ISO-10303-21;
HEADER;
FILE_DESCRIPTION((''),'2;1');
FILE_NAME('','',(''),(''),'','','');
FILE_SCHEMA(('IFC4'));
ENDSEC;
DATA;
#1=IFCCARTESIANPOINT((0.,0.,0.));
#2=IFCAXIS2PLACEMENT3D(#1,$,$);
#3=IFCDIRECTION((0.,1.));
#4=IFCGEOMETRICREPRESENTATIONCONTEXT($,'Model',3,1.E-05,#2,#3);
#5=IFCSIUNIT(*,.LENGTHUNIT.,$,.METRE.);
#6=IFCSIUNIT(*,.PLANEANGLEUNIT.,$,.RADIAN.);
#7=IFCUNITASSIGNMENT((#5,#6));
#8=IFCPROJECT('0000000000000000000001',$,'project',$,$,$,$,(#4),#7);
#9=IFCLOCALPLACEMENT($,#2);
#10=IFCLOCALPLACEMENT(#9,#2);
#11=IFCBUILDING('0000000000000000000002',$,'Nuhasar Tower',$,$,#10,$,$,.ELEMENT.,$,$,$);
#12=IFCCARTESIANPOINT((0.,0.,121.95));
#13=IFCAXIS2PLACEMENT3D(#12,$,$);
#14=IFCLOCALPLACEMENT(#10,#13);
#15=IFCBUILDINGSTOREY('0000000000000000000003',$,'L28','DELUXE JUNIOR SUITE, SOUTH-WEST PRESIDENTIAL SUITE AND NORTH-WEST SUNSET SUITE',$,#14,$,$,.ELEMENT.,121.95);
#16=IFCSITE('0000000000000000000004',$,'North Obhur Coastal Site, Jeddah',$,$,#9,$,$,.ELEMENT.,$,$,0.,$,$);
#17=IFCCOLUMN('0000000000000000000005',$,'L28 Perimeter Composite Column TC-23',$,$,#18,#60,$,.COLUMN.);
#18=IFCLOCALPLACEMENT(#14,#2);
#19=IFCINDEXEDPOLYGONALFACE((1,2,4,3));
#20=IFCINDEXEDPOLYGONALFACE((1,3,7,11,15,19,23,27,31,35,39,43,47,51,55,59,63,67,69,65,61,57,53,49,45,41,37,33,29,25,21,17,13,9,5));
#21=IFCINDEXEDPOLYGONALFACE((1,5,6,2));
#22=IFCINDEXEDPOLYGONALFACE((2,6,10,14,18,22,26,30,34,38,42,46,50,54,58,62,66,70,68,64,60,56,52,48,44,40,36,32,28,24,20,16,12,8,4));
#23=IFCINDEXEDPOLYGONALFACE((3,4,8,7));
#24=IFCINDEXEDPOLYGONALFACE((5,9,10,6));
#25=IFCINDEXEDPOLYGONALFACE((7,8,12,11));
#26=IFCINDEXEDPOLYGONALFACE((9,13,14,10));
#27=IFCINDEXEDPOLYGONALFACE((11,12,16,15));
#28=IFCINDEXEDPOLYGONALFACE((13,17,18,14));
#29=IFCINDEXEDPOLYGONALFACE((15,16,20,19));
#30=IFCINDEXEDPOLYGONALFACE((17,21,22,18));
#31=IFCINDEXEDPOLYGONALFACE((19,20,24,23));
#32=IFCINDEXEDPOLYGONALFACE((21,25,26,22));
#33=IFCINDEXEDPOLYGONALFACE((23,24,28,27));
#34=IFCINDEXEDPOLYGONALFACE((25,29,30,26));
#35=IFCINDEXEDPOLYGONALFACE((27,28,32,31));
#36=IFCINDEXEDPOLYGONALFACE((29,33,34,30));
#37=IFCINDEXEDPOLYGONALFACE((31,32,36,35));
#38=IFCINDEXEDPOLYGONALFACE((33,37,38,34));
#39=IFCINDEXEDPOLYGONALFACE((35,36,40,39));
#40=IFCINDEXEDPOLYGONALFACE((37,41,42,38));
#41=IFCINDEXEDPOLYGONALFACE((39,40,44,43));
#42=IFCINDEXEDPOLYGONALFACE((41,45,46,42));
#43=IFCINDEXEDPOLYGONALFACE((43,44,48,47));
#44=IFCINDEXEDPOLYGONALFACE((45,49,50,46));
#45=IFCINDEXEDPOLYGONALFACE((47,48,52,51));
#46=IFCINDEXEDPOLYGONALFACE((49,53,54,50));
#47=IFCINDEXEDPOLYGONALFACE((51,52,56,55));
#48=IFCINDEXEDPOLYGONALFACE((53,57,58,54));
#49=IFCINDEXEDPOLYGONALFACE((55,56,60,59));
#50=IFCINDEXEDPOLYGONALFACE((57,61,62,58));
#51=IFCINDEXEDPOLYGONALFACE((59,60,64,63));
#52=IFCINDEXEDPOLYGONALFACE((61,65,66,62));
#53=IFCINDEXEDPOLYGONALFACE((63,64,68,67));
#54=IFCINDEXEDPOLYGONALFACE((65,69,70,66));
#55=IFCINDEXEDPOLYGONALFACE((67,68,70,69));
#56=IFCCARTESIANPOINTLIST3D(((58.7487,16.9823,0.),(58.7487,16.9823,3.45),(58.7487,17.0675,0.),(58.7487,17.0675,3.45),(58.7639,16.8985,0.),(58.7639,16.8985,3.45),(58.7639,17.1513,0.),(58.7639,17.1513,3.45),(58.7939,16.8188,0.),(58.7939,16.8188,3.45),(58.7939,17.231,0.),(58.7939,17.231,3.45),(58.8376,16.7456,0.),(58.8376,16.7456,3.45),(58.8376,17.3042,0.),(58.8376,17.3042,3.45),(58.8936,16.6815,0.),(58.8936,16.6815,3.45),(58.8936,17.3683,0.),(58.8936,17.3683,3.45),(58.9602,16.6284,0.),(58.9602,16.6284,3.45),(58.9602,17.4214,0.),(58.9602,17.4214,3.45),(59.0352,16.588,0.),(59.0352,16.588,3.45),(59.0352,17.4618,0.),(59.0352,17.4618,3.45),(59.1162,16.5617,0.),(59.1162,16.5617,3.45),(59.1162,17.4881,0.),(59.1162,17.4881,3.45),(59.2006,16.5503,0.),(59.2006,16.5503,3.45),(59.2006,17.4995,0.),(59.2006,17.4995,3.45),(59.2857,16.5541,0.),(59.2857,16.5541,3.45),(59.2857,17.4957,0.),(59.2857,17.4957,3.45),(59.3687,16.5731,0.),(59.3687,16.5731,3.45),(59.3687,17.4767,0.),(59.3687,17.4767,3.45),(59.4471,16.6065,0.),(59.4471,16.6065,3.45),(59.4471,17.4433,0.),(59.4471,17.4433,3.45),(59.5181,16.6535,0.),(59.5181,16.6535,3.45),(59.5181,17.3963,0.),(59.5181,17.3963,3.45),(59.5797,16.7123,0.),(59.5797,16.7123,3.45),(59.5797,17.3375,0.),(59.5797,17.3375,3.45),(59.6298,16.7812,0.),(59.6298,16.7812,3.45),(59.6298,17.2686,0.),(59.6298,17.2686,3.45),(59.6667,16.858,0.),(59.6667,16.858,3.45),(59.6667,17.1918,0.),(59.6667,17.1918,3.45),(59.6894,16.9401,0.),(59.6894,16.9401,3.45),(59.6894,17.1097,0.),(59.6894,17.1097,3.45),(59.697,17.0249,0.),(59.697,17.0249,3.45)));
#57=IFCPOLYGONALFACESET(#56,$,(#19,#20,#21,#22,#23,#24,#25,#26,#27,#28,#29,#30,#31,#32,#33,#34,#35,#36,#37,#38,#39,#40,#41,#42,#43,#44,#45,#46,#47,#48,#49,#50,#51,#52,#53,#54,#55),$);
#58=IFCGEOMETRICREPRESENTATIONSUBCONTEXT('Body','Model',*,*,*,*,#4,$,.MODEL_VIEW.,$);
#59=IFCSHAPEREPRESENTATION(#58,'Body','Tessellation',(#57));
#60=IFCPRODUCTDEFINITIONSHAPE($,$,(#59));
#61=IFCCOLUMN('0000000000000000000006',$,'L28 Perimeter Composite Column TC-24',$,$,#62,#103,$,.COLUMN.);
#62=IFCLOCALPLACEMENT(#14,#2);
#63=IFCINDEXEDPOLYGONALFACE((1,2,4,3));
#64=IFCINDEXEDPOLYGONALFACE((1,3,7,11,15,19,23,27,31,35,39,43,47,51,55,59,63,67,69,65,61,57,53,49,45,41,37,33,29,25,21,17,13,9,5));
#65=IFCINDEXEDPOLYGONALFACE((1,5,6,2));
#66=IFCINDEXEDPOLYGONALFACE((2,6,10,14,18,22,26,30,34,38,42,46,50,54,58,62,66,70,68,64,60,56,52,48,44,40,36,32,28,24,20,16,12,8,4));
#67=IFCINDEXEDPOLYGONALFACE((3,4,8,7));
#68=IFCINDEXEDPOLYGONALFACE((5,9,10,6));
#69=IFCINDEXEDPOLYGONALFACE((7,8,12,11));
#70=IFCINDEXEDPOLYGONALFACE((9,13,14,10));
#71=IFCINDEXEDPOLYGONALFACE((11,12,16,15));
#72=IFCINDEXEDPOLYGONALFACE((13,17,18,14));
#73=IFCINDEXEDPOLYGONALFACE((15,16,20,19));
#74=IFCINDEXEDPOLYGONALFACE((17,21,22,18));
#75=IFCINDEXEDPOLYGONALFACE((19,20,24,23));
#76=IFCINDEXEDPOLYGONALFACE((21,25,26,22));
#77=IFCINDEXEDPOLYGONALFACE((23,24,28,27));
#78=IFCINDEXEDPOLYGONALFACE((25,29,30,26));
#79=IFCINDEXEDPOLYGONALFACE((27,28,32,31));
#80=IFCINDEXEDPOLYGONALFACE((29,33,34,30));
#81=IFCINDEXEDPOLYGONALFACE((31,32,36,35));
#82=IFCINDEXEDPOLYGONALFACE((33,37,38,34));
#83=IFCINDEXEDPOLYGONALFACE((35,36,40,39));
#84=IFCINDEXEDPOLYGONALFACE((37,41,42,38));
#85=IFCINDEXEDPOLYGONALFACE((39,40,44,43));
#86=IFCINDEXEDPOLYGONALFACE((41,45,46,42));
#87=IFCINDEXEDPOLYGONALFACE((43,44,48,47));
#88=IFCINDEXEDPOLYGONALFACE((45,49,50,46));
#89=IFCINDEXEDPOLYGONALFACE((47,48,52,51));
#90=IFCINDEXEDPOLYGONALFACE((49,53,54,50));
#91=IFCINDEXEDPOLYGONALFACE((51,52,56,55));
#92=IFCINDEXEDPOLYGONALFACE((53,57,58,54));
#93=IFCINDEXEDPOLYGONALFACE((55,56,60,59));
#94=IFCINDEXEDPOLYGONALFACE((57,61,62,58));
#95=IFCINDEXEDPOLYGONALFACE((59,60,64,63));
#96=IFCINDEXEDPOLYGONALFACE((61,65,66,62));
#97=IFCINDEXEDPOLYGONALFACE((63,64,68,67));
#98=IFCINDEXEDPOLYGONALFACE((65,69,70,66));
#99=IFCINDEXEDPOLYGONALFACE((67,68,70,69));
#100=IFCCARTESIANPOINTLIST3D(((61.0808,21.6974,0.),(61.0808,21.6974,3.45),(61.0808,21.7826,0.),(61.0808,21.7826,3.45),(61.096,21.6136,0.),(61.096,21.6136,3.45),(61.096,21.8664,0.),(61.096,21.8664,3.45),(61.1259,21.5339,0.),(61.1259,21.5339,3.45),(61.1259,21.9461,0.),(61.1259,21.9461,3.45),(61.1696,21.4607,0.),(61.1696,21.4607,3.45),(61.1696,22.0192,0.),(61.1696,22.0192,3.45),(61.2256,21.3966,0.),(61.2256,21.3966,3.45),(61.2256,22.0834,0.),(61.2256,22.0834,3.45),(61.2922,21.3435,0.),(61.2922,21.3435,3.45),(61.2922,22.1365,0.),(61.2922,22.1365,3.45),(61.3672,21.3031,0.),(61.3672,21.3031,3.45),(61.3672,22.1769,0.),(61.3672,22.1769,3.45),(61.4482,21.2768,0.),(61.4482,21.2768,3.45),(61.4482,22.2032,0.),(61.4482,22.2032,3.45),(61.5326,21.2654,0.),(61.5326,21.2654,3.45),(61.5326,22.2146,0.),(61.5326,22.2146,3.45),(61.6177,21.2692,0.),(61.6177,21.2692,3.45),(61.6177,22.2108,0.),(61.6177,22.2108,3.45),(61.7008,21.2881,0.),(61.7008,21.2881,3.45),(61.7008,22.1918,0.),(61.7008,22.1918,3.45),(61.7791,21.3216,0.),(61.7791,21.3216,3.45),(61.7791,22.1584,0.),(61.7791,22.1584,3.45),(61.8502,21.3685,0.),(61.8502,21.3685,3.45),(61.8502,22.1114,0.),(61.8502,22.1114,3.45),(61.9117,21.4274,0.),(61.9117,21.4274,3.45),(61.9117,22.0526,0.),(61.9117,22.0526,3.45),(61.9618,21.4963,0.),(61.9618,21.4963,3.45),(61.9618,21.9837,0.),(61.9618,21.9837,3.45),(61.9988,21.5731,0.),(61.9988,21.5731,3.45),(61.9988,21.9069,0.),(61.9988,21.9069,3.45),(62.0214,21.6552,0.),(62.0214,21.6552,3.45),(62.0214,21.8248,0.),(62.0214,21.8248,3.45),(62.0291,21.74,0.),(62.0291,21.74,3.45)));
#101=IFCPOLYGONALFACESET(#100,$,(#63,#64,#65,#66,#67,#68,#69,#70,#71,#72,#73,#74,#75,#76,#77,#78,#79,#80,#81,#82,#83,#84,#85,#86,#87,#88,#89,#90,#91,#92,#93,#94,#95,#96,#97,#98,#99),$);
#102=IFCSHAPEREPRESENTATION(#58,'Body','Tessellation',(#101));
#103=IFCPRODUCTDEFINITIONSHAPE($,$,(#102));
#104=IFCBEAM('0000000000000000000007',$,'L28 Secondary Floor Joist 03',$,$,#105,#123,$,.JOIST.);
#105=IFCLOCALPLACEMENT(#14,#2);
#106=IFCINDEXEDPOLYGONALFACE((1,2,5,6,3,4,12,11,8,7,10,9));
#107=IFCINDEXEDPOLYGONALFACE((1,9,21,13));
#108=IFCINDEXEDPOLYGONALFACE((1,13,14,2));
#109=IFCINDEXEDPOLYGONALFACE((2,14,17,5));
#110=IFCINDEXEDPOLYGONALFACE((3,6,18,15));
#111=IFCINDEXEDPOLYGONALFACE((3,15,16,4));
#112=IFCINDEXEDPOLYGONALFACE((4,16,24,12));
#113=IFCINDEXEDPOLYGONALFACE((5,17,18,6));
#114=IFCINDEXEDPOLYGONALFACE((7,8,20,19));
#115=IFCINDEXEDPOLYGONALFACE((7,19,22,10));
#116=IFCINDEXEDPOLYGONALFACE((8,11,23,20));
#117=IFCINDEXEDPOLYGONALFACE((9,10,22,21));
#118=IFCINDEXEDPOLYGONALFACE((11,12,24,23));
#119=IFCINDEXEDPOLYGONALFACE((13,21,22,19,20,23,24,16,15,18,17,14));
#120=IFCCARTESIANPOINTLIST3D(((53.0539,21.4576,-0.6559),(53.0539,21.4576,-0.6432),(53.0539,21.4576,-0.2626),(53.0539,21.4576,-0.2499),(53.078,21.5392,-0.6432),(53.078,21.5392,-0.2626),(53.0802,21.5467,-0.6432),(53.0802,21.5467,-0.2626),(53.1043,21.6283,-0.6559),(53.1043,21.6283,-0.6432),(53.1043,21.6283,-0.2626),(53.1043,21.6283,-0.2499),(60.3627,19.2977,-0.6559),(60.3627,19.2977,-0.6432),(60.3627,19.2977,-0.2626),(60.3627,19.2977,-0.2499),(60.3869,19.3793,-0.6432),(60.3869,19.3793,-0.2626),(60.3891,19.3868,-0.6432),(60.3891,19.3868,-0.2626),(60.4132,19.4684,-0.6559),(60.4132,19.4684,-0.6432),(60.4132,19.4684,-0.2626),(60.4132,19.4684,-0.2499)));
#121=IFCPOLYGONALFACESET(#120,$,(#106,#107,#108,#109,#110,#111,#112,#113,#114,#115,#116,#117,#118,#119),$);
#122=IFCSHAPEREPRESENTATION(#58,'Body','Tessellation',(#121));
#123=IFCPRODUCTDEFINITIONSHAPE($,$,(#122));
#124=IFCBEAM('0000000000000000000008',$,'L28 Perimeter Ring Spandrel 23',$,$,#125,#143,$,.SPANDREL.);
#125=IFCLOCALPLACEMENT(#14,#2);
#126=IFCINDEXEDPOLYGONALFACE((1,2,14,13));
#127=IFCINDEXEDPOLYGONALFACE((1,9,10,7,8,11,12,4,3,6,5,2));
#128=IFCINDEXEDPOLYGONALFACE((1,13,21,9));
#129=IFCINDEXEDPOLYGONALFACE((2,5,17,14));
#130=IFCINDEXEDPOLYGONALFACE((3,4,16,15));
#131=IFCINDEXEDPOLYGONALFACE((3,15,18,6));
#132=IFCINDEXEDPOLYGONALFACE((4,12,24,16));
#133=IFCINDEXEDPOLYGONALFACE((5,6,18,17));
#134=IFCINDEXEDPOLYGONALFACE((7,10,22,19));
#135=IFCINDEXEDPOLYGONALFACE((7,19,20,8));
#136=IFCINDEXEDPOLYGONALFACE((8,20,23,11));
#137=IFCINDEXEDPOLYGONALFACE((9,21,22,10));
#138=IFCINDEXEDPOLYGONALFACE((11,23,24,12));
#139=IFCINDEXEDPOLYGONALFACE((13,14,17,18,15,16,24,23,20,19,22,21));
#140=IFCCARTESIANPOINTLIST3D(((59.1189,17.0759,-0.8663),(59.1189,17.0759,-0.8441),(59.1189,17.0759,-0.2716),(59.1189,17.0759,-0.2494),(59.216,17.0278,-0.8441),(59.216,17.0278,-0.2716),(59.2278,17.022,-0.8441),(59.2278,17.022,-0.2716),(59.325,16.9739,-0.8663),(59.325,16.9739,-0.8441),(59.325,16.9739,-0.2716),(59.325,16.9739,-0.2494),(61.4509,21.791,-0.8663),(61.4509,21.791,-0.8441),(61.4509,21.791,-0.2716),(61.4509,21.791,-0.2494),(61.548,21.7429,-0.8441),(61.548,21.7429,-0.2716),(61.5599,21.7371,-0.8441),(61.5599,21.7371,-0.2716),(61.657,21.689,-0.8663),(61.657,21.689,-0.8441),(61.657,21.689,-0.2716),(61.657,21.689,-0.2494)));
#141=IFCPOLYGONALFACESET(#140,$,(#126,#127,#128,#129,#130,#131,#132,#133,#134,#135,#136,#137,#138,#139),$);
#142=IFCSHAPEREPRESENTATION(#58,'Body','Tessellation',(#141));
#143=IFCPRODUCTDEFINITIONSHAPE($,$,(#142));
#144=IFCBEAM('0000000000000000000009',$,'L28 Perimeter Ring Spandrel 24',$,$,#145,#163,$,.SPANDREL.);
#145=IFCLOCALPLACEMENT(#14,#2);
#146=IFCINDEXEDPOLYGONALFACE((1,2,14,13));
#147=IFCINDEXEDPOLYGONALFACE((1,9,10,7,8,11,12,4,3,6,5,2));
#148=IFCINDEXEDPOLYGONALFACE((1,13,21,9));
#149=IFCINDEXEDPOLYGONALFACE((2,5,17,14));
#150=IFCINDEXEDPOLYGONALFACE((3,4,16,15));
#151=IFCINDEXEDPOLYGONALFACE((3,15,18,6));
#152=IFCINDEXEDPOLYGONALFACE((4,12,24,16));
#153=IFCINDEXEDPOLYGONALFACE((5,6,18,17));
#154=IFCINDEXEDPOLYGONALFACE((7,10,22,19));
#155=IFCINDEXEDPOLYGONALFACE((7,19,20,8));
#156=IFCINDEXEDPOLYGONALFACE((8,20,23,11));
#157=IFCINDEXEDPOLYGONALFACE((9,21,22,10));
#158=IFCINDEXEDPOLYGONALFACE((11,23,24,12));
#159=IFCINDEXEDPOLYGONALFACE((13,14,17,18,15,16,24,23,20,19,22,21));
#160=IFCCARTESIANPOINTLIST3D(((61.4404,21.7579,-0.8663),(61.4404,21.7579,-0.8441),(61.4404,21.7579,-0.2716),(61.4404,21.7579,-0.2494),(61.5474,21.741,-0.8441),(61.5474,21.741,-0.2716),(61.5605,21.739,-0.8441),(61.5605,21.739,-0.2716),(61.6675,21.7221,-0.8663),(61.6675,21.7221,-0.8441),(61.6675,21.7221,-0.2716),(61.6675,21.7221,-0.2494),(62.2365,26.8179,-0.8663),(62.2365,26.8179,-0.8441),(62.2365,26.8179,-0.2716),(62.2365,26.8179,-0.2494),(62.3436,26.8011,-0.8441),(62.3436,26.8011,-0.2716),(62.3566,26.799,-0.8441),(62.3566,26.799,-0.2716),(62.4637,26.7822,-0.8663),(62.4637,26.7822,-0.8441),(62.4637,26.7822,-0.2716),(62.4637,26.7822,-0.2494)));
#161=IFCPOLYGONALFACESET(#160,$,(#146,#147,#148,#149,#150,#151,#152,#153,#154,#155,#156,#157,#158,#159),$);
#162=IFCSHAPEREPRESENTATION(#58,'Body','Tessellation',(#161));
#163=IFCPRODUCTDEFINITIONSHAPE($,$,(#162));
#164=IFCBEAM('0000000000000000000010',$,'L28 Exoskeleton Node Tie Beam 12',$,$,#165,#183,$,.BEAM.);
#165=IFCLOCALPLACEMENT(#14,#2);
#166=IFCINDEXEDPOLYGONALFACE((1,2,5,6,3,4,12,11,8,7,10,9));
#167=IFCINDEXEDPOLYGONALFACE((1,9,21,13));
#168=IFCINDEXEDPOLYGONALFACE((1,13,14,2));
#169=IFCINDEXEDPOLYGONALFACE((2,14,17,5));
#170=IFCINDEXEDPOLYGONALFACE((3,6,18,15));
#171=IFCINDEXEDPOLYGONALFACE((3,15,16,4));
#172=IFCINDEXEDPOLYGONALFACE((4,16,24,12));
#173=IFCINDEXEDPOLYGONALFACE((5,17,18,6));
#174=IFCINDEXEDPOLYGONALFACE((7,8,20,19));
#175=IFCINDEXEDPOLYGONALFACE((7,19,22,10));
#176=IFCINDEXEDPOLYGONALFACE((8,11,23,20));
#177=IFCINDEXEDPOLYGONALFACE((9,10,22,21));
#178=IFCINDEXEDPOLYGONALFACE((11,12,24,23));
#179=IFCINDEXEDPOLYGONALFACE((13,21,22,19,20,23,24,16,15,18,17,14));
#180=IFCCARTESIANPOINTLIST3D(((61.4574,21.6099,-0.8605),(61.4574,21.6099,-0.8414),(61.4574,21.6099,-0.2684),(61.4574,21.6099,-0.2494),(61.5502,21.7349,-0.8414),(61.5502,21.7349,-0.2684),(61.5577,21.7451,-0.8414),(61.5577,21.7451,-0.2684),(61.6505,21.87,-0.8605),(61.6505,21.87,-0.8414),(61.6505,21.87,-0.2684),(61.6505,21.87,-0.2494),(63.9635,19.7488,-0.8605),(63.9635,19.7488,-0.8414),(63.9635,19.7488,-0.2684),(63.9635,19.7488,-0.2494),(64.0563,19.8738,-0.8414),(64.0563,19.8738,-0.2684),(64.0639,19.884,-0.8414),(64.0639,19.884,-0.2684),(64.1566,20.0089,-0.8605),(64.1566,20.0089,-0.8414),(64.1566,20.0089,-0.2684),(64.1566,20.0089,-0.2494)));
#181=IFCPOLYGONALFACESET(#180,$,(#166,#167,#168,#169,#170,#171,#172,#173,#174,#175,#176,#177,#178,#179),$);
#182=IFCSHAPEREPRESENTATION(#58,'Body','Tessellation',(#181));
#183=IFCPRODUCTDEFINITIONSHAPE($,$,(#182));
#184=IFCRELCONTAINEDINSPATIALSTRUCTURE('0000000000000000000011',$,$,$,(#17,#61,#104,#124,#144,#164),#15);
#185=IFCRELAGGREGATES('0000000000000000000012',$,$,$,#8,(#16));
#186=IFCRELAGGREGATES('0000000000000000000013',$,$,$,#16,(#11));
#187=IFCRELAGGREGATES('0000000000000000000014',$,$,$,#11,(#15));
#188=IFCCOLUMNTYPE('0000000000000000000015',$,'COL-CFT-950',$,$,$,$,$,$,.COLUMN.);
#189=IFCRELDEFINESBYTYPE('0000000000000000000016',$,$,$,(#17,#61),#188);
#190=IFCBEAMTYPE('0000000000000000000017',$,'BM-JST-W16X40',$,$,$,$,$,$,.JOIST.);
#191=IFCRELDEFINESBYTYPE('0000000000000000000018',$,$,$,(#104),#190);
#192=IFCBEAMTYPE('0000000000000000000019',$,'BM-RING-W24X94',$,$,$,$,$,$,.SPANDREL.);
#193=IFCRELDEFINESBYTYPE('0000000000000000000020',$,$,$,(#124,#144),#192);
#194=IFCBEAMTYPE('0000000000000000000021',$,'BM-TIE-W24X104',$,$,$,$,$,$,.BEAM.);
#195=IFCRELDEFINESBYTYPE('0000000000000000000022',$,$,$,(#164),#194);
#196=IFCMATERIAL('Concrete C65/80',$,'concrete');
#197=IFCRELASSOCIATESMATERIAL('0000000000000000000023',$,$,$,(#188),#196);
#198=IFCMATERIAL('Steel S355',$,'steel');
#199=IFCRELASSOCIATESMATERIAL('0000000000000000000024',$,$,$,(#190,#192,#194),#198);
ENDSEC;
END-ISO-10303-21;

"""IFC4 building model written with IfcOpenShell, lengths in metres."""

from ifc_helpers import new_model, si_unit, direction, frame, origin, origin_2d, place, context, subcontext, project, spatial, circle, i_section, extrude, material, material_profile, profile_set, type_object, element, save


model = new_model("IFC4")

# Units and contexts
model_context = context("Model", 3, precision=1e-05, world=origin(), true_north=direction((0.0, 1.0)))
body_context = subcontext(model_context, "Body", "Model", "MODEL_VIEW")
ifc_project = project(units=[si_unit("LENGTHUNIT", "METRE"), si_unit("PLANEANGLEUNIT", "RADIAN")], contexts=[model_context])

# Site, building, storey
site_placement = place(None, origin())
site = spatial("IfcSite", under=ifc_project, at=site_placement, Name="North Obhur Coastal Site, Jeddah", CompositionType="ELEMENT", RefElevation=0.0)
building_placement = place(site_placement, origin())
building = spatial("IfcBuilding", under=site, at=building_placement, Name="Nuhasar Tower", CompositionType="ELEMENT")
storey_placement = place(building_placement, frame((0.0, 0.0, 121.95)))
storey = spatial("IfcBuildingStorey", under=building, at=storey_placement, Name="L28", Description="DELUXE JUNIOR SUITE, SOUTH-WEST PRESIDENTIAL SUITE AND NORTH-WEST SUNSET SUITE", CompositionType="ELEMENT", Elevation=121.95)

# Columns
ifc_material_1 = material(Name="Concrete C65/80", Category="concrete")
ifc_material_profile_1 = material_profile(ifc_material_1, circle(Radius=0.4751, at=origin_2d()), Name="CFT950")
ifc_profile_set_1 = profile_set([ifc_material_profile_1], Name="Concrete C65/80")
column_type = type_object("IfcColumnType", Name="COL-CFT-950", PredefinedType="COLUMN", material=ifc_profile_set_1)
for number, where, z_axis, x_axis, name in (
    (1, (59.2219, 17.0249, 0.0), (0.0, 0.0, 1.0), (1.0, 0.0, 0.0), "L28 Perimeter Composite Column TC-23"),
    (2, (61.554, 21.74, 0.0), (0.0, 0.0, 1.0), (1.0, 0.0, 0.0), "L28 Perimeter Composite Column TC-24"),
):
    element("IfcColumn", number, at=place(storey_placement, frame(where, z_axis=z_axis, x_axis=x_axis)), inside=storey, type_object=column_type, Name=name, PredefinedType="COLUMN", context=body_context, shape_type="SweptSolid", body=[
        extrude(circle(Radius=0.4751, at=origin_2d()), origin(), (0.0, 0.0, 1.0), 3.45),
    ])

# Beams
ifc_material_2 = material(Name="Steel S355", Category="steel")
ifc_material_profile_2 = material_profile(ifc_material_2, i_section(OverallWidth=0.178, OverallDepth=0.406, WebThickness=0.0078, FlangeThickness=0.0127, at=origin_2d()), Name="W16X40")
ifc_profile_set_2 = profile_set([ifc_material_profile_2], Name="Steel S355")
beam_type_1 = type_object("IfcBeamType", Name="BM-JST-W16X40", PredefinedType="JOIST", material=ifc_profile_set_2)
beam_1_placement = place(storey_placement, frame((53.0791, 21.543, -0.4529), z_axis=(0.959, -0.283404, 0.0), x_axis=(0.283404, 0.959, 0.0)))
element("IfcBeam", 3, at=beam_1_placement, inside=storey, type_object=beam_type_1, Name="L28 Secondary Floor Joist 03", PredefinedType="JOIST", context=body_context, shape_type="SweptSolid", body=[
    extrude(i_section(OverallWidth=0.178, OverallDepth=0.406, WebThickness=0.0078, FlangeThickness=0.0127, at=origin_2d()), origin(), (0.0, 0.0, 1.0), 7.6213),
])
ifc_material_profile_3 = material_profile(ifc_material_2, i_section(OverallWidth=0.23, OverallDepth=0.6169, WebThickness=0.0132, FlangeThickness=0.0222, at=origin_2d()), Name="W24X94")
ifc_profile_set_3 = profile_set([ifc_material_profile_3], Name="Steel S355")
beam_type_2 = type_object("IfcBeamType", Name="BM-RING-W24X94", PredefinedType="SPANDREL", material=ifc_profile_set_3)
beam_2_placement = place(storey_placement, frame((59.2219, 17.0249, -0.5579), z_axis=(0.443329, 0.896359, 0.0), x_axis=(-0.896359, 0.443329, 0.0)))
element("IfcBeam", 4, at=beam_2_placement, inside=storey, type_object=beam_type_2, Name="L28 Perimeter Ring Spandrel 23", PredefinedType="SPANDREL", context=body_context, shape_type="SweptSolid", body=[
    extrude(i_section(OverallWidth=0.23, OverallDepth=0.6169, WebThickness=0.0132, FlangeThickness=0.0222, at=origin_2d()), origin(), (0.0, 0.0, 1.0), 5.2603),
])
beam_3_placement = place(storey_placement, frame((61.554, 21.74, -0.5579), z_axis=(0.155427, 0.987847, 0.0), x_axis=(-0.987847, 0.155427, 0.0)))
element("IfcBeam", 5, at=beam_3_placement, inside=storey, type_object=beam_type_2, Name="L28 Perimeter Ring Spandrel 24", PredefinedType="SPANDREL", context=body_context, shape_type="SweptSolid", body=[
    extrude(i_section(OverallWidth=0.23, OverallDepth=0.6169, WebThickness=0.0132, FlangeThickness=0.0222, at=origin_2d()), origin(), (0.0, 0.0, 1.0), 5.1223),
])
ifc_material_profile_4 = material_profile(ifc_material_2, i_section(OverallWidth=0.324, OverallDepth=0.6111, WebThickness=0.0127, FlangeThickness=0.019, at=origin_2d()), Name="W24X104")
ifc_profile_set_4 = profile_set([ifc_material_profile_4], Name="Steel S355")
beam_type_3 = type_object("IfcBeamType", Name="BM-TIE-W24X104", PredefinedType="BEAM", material=ifc_profile_set_4)
beam_4_placement = place(storey_placement, frame((61.554, 21.74, -0.5549), z_axis=(0.802835, -0.596202, 0.0), x_axis=(0.596202, 0.802835, 0.0)))
element("IfcBeam", 6, at=beam_4_placement, inside=storey, type_object=beam_type_3, Name="L28 Exoskeleton Node Tie Beam 12", PredefinedType="BEAM", context=body_context, shape_type="SweptSolid", body=[
    extrude(i_section(OverallWidth=0.324, OverallDepth=0.6111, WebThickness=0.0127, FlangeThickness=0.019, at=origin_2d()), origin(), (0.0, 0.0, 1.0), 3.1216),
])

save(model, "model.ifc")
